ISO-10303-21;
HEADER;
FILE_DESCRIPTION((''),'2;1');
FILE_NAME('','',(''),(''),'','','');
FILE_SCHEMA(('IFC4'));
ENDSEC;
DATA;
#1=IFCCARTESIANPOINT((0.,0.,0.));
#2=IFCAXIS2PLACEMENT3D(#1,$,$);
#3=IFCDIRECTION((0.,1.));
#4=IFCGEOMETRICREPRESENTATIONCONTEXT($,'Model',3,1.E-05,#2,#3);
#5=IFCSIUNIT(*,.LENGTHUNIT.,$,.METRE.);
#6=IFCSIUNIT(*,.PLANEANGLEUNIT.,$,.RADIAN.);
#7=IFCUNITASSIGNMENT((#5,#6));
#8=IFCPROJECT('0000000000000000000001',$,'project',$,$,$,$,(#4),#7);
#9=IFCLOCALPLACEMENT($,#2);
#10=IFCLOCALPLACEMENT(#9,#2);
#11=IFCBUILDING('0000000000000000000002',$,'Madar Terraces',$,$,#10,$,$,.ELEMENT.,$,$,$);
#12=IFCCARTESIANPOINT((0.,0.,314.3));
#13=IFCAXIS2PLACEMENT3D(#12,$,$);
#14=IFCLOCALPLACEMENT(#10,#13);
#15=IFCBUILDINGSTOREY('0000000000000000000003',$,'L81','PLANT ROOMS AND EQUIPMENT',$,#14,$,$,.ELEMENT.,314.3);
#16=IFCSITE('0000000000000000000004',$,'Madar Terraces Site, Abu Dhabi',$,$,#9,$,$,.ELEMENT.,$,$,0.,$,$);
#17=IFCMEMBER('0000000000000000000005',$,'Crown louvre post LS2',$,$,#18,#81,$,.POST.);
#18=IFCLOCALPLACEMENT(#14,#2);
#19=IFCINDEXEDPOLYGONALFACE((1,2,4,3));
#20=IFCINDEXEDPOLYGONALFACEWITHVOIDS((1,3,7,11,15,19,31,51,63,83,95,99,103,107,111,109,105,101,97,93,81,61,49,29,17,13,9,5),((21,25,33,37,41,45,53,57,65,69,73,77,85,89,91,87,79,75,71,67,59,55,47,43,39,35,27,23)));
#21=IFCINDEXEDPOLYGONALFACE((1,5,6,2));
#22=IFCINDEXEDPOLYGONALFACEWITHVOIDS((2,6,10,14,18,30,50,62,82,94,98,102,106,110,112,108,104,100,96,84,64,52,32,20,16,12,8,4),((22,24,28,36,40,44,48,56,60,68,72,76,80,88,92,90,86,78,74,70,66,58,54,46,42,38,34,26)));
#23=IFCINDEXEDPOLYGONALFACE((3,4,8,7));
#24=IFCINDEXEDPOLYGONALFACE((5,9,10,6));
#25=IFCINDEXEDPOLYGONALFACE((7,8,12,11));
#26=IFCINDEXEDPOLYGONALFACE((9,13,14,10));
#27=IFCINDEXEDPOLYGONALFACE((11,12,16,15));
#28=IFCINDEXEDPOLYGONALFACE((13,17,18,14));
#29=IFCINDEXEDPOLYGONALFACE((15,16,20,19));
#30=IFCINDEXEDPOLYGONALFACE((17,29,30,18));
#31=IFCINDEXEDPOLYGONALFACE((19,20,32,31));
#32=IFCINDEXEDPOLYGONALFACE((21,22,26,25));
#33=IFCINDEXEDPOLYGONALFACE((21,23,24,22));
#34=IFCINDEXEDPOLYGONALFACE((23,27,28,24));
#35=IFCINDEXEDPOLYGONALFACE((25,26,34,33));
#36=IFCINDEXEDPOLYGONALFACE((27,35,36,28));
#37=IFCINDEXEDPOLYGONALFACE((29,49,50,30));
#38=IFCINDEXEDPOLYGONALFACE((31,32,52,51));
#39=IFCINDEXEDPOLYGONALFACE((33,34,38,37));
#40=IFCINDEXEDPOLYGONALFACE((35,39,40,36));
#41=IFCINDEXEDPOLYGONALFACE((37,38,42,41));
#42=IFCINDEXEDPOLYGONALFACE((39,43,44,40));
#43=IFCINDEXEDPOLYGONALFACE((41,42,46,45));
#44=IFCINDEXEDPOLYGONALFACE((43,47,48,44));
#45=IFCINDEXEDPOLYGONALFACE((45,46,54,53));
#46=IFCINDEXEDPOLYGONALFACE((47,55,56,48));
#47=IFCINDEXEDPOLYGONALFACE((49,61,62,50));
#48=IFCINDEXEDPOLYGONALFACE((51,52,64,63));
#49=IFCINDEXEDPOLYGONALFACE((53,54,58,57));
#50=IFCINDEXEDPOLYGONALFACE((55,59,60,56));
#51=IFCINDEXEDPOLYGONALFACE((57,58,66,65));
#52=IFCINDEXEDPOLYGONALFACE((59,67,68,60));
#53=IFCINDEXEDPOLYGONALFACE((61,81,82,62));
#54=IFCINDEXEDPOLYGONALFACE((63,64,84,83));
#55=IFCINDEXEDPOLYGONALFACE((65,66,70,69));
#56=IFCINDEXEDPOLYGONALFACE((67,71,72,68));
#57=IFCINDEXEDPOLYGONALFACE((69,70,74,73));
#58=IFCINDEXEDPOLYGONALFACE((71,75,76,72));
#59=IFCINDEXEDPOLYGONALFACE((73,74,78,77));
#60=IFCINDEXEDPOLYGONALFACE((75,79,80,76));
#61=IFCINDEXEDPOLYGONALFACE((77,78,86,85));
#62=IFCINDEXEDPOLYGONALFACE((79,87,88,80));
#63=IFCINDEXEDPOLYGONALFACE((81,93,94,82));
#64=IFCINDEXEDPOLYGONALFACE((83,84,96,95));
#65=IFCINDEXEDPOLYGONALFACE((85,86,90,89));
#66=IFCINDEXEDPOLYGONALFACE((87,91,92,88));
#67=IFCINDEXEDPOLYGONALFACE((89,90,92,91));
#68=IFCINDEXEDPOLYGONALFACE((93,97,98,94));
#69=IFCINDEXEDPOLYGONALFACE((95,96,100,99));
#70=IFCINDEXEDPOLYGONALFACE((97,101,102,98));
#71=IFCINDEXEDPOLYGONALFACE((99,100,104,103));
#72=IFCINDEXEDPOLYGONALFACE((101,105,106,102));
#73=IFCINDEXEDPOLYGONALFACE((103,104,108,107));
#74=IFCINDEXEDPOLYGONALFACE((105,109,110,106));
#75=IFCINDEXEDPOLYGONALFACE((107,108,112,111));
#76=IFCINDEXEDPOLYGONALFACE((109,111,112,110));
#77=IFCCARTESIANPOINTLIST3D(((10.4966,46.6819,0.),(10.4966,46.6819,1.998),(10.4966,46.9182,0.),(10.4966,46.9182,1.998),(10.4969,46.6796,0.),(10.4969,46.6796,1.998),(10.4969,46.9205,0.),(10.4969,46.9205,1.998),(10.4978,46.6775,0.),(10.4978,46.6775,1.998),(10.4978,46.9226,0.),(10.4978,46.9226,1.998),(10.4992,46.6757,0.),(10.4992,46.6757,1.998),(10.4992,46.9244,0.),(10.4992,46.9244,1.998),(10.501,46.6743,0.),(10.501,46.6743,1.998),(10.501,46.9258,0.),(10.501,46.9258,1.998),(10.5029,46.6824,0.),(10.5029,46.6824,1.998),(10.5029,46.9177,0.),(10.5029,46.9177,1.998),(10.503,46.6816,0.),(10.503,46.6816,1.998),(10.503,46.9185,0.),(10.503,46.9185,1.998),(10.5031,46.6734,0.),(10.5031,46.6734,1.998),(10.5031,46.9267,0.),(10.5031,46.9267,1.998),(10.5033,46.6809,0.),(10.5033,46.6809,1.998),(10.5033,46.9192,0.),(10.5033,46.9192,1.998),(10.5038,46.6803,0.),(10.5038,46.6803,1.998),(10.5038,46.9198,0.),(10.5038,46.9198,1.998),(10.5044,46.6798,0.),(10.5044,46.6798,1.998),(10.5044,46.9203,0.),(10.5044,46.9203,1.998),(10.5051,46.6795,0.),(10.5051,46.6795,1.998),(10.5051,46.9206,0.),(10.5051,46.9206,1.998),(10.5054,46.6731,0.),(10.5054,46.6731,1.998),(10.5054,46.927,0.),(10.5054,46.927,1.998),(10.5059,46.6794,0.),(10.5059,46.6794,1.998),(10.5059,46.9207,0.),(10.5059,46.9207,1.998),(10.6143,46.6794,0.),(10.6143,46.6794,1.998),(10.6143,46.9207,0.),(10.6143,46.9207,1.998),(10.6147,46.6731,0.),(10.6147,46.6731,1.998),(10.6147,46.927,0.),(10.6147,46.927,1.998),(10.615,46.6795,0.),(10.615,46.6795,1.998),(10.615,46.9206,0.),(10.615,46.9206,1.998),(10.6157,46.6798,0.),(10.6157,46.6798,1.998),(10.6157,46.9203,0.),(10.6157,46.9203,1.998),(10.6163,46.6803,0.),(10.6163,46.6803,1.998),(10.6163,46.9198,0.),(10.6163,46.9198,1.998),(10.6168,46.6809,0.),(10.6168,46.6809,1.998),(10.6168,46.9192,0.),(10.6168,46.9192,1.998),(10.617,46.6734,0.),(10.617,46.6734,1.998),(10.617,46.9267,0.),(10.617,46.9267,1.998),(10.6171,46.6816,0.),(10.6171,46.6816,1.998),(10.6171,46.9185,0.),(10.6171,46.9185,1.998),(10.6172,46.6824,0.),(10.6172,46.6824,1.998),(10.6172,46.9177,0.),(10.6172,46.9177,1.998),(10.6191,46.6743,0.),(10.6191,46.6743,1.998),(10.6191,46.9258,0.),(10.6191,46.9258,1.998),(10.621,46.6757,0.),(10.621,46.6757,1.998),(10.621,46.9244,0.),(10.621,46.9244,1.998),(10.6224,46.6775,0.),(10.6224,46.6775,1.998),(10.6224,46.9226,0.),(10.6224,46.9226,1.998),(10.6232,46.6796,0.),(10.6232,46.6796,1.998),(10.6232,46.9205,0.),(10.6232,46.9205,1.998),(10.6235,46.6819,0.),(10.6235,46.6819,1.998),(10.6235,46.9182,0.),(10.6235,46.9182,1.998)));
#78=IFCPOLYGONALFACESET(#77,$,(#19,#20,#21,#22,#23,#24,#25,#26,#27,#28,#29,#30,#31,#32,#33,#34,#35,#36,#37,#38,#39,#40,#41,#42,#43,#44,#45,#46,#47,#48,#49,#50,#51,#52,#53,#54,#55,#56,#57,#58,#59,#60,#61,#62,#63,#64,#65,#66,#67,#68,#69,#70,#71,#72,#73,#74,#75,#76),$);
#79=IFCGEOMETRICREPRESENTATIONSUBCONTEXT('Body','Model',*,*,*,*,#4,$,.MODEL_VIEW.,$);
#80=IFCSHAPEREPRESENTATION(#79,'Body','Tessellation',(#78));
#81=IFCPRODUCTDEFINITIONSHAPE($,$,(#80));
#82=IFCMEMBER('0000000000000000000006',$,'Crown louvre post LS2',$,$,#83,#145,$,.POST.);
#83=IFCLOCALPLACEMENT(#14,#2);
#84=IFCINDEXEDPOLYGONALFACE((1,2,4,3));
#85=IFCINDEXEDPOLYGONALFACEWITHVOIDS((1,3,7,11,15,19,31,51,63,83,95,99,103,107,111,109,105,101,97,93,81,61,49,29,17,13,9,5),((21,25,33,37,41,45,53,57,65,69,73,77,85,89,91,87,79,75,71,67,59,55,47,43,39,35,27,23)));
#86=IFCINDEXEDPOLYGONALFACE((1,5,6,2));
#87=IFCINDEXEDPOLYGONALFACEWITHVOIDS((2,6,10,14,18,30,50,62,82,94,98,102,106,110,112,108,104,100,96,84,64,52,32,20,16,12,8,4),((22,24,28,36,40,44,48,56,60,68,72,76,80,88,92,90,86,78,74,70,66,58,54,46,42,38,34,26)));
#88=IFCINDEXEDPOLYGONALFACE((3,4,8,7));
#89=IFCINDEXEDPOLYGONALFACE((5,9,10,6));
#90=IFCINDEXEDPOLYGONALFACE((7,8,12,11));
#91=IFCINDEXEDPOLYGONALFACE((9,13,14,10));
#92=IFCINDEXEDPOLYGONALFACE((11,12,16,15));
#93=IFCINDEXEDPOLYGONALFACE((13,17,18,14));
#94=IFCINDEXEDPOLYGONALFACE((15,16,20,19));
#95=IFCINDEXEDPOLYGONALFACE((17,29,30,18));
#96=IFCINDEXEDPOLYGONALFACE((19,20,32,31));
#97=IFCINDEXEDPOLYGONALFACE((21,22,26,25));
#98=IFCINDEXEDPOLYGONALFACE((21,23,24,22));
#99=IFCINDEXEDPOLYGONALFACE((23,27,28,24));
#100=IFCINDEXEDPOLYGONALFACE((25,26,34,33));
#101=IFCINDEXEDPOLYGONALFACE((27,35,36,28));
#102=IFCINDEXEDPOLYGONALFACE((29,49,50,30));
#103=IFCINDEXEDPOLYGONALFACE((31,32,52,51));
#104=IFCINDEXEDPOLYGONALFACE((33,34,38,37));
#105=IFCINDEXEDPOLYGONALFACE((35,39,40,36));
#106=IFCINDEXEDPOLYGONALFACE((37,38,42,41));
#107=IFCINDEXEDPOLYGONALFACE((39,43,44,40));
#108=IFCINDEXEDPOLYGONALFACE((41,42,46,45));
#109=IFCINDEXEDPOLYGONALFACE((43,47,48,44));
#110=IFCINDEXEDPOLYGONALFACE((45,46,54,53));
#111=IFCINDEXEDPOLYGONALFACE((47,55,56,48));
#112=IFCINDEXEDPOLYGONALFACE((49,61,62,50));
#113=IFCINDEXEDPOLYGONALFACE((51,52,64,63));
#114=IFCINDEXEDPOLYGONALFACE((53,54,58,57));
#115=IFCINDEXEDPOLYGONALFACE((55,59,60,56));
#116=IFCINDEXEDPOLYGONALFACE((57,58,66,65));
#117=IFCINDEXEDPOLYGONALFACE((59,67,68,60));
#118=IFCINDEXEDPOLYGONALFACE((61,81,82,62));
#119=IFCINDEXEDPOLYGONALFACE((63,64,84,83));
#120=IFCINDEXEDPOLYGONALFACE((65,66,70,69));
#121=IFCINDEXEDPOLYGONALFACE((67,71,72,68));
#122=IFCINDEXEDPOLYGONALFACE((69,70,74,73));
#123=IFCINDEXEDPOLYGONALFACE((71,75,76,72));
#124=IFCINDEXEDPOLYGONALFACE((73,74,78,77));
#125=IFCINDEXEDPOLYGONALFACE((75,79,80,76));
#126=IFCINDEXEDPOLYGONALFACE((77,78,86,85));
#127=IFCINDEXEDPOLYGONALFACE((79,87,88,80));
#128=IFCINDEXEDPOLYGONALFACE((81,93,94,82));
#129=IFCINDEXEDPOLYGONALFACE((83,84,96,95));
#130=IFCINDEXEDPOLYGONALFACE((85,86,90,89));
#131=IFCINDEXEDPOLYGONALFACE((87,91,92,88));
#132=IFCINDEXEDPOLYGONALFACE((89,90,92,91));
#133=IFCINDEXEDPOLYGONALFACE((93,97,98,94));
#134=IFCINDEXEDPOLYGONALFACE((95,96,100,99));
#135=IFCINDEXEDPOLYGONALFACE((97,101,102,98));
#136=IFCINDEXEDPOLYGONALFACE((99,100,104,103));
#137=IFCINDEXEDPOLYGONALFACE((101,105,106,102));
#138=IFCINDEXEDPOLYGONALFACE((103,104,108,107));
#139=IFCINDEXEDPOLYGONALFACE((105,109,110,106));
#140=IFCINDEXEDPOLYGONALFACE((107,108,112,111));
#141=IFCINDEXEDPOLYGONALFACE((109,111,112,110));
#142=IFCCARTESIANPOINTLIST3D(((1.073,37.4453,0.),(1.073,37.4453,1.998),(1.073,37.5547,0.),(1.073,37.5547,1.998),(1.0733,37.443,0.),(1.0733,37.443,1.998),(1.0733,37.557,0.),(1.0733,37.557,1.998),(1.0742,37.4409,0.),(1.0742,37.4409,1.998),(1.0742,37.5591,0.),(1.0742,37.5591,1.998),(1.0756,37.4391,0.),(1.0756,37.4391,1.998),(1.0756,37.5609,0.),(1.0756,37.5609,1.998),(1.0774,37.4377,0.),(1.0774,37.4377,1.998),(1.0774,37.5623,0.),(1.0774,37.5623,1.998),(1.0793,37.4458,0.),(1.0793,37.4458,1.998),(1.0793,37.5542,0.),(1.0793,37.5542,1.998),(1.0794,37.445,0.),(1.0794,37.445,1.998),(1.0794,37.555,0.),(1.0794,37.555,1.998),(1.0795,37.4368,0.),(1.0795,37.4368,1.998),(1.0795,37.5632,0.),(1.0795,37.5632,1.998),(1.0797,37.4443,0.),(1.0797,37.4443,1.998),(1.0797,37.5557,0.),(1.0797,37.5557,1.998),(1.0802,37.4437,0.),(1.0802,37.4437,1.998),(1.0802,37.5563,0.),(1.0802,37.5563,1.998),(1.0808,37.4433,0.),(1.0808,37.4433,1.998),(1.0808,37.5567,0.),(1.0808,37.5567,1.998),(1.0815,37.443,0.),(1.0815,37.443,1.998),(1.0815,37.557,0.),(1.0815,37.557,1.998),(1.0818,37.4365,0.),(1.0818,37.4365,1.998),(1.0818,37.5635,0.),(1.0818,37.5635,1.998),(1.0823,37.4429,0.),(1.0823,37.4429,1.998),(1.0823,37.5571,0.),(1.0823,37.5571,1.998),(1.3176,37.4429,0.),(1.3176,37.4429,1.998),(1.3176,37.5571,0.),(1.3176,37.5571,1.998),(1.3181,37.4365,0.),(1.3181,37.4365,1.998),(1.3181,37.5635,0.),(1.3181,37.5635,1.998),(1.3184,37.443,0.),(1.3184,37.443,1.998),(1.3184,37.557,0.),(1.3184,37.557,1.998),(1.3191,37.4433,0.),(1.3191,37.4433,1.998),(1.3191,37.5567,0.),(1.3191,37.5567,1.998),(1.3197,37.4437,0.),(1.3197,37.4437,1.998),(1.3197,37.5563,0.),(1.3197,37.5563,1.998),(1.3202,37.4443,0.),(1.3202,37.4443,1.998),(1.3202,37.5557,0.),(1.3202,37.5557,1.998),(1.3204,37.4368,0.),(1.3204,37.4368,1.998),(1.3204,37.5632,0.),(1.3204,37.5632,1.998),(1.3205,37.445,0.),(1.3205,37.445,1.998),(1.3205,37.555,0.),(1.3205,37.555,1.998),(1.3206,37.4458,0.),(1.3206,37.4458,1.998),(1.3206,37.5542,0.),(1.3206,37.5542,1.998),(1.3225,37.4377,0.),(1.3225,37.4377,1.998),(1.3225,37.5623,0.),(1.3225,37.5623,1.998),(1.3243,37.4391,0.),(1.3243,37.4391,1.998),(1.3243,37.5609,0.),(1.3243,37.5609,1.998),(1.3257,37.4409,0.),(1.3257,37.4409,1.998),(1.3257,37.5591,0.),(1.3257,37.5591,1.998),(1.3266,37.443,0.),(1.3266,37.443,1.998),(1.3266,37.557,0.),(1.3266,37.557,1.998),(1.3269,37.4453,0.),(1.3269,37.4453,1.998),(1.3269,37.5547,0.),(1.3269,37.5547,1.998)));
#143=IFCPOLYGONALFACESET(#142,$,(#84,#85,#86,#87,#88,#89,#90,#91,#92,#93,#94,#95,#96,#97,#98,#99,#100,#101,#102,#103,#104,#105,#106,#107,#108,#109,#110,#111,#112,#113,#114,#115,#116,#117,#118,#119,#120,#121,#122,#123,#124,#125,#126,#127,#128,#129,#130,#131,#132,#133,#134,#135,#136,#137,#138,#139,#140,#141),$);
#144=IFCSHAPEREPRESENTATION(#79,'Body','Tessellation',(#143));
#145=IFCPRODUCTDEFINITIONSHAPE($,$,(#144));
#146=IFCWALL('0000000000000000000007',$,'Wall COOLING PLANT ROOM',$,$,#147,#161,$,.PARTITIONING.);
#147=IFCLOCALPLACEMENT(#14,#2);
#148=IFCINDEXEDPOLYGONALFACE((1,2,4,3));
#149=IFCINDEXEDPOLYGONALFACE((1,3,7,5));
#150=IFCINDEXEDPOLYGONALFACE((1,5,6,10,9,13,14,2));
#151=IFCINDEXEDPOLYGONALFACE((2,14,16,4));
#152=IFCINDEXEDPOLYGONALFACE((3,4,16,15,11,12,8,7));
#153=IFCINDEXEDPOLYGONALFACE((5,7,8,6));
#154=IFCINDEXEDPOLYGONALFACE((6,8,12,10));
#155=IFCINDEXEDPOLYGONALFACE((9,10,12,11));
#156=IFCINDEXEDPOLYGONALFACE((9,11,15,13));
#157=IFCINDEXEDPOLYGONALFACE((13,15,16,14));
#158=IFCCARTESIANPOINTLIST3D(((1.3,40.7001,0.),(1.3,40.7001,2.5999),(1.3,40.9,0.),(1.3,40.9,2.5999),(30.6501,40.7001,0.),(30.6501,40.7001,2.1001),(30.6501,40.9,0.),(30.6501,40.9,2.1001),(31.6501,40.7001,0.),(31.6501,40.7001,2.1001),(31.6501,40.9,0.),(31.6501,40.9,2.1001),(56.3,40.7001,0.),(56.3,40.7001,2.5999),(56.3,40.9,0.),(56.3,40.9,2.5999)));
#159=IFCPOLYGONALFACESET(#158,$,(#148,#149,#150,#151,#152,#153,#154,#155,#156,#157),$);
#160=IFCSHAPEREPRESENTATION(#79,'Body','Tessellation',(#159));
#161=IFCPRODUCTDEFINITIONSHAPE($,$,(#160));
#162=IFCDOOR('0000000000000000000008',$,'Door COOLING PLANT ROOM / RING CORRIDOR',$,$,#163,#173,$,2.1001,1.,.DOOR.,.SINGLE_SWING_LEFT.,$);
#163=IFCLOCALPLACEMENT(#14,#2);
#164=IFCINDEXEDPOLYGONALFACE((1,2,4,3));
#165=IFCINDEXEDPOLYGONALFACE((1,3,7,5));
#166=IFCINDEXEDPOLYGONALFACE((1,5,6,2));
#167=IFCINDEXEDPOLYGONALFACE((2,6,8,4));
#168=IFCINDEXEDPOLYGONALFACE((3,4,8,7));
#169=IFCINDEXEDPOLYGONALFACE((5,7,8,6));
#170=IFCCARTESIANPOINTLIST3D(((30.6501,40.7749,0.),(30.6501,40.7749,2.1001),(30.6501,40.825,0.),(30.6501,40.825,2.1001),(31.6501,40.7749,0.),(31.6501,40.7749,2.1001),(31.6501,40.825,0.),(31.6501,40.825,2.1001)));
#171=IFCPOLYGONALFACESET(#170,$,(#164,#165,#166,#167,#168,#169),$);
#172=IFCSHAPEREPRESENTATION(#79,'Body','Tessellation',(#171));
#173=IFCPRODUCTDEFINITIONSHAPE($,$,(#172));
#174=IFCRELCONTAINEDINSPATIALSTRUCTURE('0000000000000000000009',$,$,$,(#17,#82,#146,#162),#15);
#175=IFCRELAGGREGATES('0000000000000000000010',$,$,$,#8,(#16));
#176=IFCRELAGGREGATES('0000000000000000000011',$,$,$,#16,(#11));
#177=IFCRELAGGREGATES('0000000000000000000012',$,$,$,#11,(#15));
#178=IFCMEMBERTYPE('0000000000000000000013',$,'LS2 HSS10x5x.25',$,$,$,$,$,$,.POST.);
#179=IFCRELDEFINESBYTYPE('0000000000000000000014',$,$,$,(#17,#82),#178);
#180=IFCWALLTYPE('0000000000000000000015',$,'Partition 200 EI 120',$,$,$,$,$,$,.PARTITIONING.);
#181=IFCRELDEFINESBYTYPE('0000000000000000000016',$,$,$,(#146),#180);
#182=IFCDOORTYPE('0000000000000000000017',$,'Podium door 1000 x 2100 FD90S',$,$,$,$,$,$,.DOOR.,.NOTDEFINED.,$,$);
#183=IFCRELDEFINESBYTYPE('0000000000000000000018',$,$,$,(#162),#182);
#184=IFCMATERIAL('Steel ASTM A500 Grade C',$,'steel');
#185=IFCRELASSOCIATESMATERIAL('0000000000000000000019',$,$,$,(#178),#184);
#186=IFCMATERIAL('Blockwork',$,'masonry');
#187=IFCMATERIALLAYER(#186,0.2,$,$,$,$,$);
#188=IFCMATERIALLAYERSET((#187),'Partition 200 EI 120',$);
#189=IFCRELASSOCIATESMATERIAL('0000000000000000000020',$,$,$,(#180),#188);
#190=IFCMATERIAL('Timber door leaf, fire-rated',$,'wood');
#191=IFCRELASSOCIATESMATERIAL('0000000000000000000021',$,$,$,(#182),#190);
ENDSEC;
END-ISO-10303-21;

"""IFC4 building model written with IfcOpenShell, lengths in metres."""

from ifc_helpers import new_model, si_unit, direction, frame, frame_2d, origin, origin_2d, place, context, subcontext, project, spatial, rectangle, hollow_rectangle, extrude, material, layer, layer_set, material_profile, profile_set, type_object, element, fill, save


model = new_model("IFC4")

# Units and contexts
model_context = context("Model", 3, precision=1e-05, world=origin(), true_north=direction((0.0, 1.0)))
body_context = subcontext(model_context, "Body", "Model", "MODEL_VIEW")
ifc_project = project(units=[si_unit("LENGTHUNIT", "METRE"), si_unit("PLANEANGLEUNIT", "RADIAN")], contexts=[model_context])

# Site, building, storey
site_placement = place(None, origin())
site = spatial("IfcSite", under=ifc_project, at=site_placement, Name="Madar Terraces Site, Abu Dhabi", CompositionType="ELEMENT", RefElevation=0.0)
building_placement = place(site_placement, origin())
building = spatial("IfcBuilding", under=site, at=building_placement, Name="Madar Terraces", CompositionType="ELEMENT")
storey_placement = place(building_placement, frame((0.0, 0.0, 314.3)))
storey = spatial("IfcBuildingStorey", under=building, at=storey_placement, Name="L81", Description="PLANT ROOMS AND EQUIPMENT", CompositionType="ELEMENT", Elevation=314.3)

# Members
ifc_material_1 = material(Name="Steel ASTM A500 Grade C", Category="steel")
ifc_material_profile_1 = material_profile(ifc_material_1, hollow_rectangle(XDim=0.127, YDim=0.2539, WallThickness=0.0063, InnerFilletRadius=0.0029, OuterFilletRadius=0.0088, at=origin_2d()), Name="HSS10x5x.25")
ifc_profile_set_1 = profile_set([ifc_material_profile_1], Name="Steel ASTM A500 Grade C")
member_type_1 = type_object("IfcMemberType", Name="LS2 HSS10x5x.25", PredefinedType="POST", material=ifc_profile_set_1)
for number, where, z_axis, x_axis, name in (
    (1, (10.5601, 46.8, 0.0), (0.0, 0.0, 1.0), (-1.0, 0.0, 0.0), "Crown louvre post LS2"),
    (2, (1.2, 37.5, 0.0), (0.0, 0.0, 1.0), (0.0, -1.0, 0.0), "Crown louvre post LS2"),
):
    element("IfcMember", number, at=place(storey_placement, frame(where, z_axis=z_axis, x_axis=x_axis)), inside=storey, type_object=member_type_1, Name=name, PredefinedType="POST", context=body_context, shape_type="SweptSolid", body=[
        extrude(hollow_rectangle(XDim=0.127, YDim=0.2539, WallThickness=0.0063, InnerFilletRadius=0.0029, OuterFilletRadius=0.0088, at=origin_2d()), origin(), (0.0, 0.0, 1.0), 1.998),
    ])

# Wall, opening, door
ifc_material_2 = material(Name="Blockwork", Category="masonry")
ifc_layer = layer(ifc_material_2, 0.2)
ifc_layer_set = layer_set([ifc_layer], Name="Partition 200 EI 120")
wall_type = type_object("IfcWallType", Name="Partition 200 EI 120", PredefinedType="PARTITIONING", material=ifc_layer_set)
wall_placement = place(storey_placement, frame((1.3, 40.8, 0.0), z_axis=(0.0, 0.0, 1.0), x_axis=(1.0, 0.0, 0.0)))
wall = element("IfcWall", 3, at=wall_placement, inside=storey, type_object=wall_type, Name="Wall COOLING PLANT ROOM", PredefinedType="PARTITIONING", context=body_context, shape_type="SweptSolid", body=[
    extrude(rectangle(XDim=55.0, YDim=0.2, at=frame_2d((27.5, 0.0))), origin(), (0.0, 0.0, 1.0), 2.5999),
])
opening_placement = place(wall_placement, frame((29.3501, 0.0, 0.0)))
opening = element("IfcOpeningElement", 4, at=opening_placement, cuts=wall, PredefinedType="OPENING", context=body_context, shape_type="SweptSolid", body=[
    extrude(rectangle(XDim=1.0, YDim=2.1001, at=frame_2d((0.5, 1.05))), frame((0.0, 0.1099, 0.0), z_axis=(0.0, -1.0, 0.0), x_axis=(1.0, 0.0, 0.0)), (0.0, 0.0, 1.0), 0.22),
])
ifc_material_3 = material(Name="Timber door leaf, fire-rated", Category="wood")
door_type = type_object("IfcDoorType", Name="Podium door 1000 x 2100 FD90S", OperationType="NOTDEFINED", PredefinedType="DOOR", material=ifc_material_3)
door_placement = place(opening_placement, origin())
door = element("IfcDoor", 5, at=door_placement, inside=storey, type_object=door_type, Name="Door COOLING PLANT ROOM / RING CORRIDOR", OperationType="SINGLE_SWING_LEFT", OverallHeight=2.1001, OverallWidth=1.0, PredefinedType="DOOR", context=body_context, shape_type="SweptSolid", body=[
    extrude(rectangle(XDim=1.0, YDim=2.1001, at=frame_2d((0.5, 1.05))), frame((0.0, 0.0249, 0.0), z_axis=(0.0, -1.0, 0.0), x_axis=(1.0, 0.0, 0.0)), (0.0, 0.0, 1.0), 0.05),
])
fill(opening, door)

save(model, "model.ifc")
